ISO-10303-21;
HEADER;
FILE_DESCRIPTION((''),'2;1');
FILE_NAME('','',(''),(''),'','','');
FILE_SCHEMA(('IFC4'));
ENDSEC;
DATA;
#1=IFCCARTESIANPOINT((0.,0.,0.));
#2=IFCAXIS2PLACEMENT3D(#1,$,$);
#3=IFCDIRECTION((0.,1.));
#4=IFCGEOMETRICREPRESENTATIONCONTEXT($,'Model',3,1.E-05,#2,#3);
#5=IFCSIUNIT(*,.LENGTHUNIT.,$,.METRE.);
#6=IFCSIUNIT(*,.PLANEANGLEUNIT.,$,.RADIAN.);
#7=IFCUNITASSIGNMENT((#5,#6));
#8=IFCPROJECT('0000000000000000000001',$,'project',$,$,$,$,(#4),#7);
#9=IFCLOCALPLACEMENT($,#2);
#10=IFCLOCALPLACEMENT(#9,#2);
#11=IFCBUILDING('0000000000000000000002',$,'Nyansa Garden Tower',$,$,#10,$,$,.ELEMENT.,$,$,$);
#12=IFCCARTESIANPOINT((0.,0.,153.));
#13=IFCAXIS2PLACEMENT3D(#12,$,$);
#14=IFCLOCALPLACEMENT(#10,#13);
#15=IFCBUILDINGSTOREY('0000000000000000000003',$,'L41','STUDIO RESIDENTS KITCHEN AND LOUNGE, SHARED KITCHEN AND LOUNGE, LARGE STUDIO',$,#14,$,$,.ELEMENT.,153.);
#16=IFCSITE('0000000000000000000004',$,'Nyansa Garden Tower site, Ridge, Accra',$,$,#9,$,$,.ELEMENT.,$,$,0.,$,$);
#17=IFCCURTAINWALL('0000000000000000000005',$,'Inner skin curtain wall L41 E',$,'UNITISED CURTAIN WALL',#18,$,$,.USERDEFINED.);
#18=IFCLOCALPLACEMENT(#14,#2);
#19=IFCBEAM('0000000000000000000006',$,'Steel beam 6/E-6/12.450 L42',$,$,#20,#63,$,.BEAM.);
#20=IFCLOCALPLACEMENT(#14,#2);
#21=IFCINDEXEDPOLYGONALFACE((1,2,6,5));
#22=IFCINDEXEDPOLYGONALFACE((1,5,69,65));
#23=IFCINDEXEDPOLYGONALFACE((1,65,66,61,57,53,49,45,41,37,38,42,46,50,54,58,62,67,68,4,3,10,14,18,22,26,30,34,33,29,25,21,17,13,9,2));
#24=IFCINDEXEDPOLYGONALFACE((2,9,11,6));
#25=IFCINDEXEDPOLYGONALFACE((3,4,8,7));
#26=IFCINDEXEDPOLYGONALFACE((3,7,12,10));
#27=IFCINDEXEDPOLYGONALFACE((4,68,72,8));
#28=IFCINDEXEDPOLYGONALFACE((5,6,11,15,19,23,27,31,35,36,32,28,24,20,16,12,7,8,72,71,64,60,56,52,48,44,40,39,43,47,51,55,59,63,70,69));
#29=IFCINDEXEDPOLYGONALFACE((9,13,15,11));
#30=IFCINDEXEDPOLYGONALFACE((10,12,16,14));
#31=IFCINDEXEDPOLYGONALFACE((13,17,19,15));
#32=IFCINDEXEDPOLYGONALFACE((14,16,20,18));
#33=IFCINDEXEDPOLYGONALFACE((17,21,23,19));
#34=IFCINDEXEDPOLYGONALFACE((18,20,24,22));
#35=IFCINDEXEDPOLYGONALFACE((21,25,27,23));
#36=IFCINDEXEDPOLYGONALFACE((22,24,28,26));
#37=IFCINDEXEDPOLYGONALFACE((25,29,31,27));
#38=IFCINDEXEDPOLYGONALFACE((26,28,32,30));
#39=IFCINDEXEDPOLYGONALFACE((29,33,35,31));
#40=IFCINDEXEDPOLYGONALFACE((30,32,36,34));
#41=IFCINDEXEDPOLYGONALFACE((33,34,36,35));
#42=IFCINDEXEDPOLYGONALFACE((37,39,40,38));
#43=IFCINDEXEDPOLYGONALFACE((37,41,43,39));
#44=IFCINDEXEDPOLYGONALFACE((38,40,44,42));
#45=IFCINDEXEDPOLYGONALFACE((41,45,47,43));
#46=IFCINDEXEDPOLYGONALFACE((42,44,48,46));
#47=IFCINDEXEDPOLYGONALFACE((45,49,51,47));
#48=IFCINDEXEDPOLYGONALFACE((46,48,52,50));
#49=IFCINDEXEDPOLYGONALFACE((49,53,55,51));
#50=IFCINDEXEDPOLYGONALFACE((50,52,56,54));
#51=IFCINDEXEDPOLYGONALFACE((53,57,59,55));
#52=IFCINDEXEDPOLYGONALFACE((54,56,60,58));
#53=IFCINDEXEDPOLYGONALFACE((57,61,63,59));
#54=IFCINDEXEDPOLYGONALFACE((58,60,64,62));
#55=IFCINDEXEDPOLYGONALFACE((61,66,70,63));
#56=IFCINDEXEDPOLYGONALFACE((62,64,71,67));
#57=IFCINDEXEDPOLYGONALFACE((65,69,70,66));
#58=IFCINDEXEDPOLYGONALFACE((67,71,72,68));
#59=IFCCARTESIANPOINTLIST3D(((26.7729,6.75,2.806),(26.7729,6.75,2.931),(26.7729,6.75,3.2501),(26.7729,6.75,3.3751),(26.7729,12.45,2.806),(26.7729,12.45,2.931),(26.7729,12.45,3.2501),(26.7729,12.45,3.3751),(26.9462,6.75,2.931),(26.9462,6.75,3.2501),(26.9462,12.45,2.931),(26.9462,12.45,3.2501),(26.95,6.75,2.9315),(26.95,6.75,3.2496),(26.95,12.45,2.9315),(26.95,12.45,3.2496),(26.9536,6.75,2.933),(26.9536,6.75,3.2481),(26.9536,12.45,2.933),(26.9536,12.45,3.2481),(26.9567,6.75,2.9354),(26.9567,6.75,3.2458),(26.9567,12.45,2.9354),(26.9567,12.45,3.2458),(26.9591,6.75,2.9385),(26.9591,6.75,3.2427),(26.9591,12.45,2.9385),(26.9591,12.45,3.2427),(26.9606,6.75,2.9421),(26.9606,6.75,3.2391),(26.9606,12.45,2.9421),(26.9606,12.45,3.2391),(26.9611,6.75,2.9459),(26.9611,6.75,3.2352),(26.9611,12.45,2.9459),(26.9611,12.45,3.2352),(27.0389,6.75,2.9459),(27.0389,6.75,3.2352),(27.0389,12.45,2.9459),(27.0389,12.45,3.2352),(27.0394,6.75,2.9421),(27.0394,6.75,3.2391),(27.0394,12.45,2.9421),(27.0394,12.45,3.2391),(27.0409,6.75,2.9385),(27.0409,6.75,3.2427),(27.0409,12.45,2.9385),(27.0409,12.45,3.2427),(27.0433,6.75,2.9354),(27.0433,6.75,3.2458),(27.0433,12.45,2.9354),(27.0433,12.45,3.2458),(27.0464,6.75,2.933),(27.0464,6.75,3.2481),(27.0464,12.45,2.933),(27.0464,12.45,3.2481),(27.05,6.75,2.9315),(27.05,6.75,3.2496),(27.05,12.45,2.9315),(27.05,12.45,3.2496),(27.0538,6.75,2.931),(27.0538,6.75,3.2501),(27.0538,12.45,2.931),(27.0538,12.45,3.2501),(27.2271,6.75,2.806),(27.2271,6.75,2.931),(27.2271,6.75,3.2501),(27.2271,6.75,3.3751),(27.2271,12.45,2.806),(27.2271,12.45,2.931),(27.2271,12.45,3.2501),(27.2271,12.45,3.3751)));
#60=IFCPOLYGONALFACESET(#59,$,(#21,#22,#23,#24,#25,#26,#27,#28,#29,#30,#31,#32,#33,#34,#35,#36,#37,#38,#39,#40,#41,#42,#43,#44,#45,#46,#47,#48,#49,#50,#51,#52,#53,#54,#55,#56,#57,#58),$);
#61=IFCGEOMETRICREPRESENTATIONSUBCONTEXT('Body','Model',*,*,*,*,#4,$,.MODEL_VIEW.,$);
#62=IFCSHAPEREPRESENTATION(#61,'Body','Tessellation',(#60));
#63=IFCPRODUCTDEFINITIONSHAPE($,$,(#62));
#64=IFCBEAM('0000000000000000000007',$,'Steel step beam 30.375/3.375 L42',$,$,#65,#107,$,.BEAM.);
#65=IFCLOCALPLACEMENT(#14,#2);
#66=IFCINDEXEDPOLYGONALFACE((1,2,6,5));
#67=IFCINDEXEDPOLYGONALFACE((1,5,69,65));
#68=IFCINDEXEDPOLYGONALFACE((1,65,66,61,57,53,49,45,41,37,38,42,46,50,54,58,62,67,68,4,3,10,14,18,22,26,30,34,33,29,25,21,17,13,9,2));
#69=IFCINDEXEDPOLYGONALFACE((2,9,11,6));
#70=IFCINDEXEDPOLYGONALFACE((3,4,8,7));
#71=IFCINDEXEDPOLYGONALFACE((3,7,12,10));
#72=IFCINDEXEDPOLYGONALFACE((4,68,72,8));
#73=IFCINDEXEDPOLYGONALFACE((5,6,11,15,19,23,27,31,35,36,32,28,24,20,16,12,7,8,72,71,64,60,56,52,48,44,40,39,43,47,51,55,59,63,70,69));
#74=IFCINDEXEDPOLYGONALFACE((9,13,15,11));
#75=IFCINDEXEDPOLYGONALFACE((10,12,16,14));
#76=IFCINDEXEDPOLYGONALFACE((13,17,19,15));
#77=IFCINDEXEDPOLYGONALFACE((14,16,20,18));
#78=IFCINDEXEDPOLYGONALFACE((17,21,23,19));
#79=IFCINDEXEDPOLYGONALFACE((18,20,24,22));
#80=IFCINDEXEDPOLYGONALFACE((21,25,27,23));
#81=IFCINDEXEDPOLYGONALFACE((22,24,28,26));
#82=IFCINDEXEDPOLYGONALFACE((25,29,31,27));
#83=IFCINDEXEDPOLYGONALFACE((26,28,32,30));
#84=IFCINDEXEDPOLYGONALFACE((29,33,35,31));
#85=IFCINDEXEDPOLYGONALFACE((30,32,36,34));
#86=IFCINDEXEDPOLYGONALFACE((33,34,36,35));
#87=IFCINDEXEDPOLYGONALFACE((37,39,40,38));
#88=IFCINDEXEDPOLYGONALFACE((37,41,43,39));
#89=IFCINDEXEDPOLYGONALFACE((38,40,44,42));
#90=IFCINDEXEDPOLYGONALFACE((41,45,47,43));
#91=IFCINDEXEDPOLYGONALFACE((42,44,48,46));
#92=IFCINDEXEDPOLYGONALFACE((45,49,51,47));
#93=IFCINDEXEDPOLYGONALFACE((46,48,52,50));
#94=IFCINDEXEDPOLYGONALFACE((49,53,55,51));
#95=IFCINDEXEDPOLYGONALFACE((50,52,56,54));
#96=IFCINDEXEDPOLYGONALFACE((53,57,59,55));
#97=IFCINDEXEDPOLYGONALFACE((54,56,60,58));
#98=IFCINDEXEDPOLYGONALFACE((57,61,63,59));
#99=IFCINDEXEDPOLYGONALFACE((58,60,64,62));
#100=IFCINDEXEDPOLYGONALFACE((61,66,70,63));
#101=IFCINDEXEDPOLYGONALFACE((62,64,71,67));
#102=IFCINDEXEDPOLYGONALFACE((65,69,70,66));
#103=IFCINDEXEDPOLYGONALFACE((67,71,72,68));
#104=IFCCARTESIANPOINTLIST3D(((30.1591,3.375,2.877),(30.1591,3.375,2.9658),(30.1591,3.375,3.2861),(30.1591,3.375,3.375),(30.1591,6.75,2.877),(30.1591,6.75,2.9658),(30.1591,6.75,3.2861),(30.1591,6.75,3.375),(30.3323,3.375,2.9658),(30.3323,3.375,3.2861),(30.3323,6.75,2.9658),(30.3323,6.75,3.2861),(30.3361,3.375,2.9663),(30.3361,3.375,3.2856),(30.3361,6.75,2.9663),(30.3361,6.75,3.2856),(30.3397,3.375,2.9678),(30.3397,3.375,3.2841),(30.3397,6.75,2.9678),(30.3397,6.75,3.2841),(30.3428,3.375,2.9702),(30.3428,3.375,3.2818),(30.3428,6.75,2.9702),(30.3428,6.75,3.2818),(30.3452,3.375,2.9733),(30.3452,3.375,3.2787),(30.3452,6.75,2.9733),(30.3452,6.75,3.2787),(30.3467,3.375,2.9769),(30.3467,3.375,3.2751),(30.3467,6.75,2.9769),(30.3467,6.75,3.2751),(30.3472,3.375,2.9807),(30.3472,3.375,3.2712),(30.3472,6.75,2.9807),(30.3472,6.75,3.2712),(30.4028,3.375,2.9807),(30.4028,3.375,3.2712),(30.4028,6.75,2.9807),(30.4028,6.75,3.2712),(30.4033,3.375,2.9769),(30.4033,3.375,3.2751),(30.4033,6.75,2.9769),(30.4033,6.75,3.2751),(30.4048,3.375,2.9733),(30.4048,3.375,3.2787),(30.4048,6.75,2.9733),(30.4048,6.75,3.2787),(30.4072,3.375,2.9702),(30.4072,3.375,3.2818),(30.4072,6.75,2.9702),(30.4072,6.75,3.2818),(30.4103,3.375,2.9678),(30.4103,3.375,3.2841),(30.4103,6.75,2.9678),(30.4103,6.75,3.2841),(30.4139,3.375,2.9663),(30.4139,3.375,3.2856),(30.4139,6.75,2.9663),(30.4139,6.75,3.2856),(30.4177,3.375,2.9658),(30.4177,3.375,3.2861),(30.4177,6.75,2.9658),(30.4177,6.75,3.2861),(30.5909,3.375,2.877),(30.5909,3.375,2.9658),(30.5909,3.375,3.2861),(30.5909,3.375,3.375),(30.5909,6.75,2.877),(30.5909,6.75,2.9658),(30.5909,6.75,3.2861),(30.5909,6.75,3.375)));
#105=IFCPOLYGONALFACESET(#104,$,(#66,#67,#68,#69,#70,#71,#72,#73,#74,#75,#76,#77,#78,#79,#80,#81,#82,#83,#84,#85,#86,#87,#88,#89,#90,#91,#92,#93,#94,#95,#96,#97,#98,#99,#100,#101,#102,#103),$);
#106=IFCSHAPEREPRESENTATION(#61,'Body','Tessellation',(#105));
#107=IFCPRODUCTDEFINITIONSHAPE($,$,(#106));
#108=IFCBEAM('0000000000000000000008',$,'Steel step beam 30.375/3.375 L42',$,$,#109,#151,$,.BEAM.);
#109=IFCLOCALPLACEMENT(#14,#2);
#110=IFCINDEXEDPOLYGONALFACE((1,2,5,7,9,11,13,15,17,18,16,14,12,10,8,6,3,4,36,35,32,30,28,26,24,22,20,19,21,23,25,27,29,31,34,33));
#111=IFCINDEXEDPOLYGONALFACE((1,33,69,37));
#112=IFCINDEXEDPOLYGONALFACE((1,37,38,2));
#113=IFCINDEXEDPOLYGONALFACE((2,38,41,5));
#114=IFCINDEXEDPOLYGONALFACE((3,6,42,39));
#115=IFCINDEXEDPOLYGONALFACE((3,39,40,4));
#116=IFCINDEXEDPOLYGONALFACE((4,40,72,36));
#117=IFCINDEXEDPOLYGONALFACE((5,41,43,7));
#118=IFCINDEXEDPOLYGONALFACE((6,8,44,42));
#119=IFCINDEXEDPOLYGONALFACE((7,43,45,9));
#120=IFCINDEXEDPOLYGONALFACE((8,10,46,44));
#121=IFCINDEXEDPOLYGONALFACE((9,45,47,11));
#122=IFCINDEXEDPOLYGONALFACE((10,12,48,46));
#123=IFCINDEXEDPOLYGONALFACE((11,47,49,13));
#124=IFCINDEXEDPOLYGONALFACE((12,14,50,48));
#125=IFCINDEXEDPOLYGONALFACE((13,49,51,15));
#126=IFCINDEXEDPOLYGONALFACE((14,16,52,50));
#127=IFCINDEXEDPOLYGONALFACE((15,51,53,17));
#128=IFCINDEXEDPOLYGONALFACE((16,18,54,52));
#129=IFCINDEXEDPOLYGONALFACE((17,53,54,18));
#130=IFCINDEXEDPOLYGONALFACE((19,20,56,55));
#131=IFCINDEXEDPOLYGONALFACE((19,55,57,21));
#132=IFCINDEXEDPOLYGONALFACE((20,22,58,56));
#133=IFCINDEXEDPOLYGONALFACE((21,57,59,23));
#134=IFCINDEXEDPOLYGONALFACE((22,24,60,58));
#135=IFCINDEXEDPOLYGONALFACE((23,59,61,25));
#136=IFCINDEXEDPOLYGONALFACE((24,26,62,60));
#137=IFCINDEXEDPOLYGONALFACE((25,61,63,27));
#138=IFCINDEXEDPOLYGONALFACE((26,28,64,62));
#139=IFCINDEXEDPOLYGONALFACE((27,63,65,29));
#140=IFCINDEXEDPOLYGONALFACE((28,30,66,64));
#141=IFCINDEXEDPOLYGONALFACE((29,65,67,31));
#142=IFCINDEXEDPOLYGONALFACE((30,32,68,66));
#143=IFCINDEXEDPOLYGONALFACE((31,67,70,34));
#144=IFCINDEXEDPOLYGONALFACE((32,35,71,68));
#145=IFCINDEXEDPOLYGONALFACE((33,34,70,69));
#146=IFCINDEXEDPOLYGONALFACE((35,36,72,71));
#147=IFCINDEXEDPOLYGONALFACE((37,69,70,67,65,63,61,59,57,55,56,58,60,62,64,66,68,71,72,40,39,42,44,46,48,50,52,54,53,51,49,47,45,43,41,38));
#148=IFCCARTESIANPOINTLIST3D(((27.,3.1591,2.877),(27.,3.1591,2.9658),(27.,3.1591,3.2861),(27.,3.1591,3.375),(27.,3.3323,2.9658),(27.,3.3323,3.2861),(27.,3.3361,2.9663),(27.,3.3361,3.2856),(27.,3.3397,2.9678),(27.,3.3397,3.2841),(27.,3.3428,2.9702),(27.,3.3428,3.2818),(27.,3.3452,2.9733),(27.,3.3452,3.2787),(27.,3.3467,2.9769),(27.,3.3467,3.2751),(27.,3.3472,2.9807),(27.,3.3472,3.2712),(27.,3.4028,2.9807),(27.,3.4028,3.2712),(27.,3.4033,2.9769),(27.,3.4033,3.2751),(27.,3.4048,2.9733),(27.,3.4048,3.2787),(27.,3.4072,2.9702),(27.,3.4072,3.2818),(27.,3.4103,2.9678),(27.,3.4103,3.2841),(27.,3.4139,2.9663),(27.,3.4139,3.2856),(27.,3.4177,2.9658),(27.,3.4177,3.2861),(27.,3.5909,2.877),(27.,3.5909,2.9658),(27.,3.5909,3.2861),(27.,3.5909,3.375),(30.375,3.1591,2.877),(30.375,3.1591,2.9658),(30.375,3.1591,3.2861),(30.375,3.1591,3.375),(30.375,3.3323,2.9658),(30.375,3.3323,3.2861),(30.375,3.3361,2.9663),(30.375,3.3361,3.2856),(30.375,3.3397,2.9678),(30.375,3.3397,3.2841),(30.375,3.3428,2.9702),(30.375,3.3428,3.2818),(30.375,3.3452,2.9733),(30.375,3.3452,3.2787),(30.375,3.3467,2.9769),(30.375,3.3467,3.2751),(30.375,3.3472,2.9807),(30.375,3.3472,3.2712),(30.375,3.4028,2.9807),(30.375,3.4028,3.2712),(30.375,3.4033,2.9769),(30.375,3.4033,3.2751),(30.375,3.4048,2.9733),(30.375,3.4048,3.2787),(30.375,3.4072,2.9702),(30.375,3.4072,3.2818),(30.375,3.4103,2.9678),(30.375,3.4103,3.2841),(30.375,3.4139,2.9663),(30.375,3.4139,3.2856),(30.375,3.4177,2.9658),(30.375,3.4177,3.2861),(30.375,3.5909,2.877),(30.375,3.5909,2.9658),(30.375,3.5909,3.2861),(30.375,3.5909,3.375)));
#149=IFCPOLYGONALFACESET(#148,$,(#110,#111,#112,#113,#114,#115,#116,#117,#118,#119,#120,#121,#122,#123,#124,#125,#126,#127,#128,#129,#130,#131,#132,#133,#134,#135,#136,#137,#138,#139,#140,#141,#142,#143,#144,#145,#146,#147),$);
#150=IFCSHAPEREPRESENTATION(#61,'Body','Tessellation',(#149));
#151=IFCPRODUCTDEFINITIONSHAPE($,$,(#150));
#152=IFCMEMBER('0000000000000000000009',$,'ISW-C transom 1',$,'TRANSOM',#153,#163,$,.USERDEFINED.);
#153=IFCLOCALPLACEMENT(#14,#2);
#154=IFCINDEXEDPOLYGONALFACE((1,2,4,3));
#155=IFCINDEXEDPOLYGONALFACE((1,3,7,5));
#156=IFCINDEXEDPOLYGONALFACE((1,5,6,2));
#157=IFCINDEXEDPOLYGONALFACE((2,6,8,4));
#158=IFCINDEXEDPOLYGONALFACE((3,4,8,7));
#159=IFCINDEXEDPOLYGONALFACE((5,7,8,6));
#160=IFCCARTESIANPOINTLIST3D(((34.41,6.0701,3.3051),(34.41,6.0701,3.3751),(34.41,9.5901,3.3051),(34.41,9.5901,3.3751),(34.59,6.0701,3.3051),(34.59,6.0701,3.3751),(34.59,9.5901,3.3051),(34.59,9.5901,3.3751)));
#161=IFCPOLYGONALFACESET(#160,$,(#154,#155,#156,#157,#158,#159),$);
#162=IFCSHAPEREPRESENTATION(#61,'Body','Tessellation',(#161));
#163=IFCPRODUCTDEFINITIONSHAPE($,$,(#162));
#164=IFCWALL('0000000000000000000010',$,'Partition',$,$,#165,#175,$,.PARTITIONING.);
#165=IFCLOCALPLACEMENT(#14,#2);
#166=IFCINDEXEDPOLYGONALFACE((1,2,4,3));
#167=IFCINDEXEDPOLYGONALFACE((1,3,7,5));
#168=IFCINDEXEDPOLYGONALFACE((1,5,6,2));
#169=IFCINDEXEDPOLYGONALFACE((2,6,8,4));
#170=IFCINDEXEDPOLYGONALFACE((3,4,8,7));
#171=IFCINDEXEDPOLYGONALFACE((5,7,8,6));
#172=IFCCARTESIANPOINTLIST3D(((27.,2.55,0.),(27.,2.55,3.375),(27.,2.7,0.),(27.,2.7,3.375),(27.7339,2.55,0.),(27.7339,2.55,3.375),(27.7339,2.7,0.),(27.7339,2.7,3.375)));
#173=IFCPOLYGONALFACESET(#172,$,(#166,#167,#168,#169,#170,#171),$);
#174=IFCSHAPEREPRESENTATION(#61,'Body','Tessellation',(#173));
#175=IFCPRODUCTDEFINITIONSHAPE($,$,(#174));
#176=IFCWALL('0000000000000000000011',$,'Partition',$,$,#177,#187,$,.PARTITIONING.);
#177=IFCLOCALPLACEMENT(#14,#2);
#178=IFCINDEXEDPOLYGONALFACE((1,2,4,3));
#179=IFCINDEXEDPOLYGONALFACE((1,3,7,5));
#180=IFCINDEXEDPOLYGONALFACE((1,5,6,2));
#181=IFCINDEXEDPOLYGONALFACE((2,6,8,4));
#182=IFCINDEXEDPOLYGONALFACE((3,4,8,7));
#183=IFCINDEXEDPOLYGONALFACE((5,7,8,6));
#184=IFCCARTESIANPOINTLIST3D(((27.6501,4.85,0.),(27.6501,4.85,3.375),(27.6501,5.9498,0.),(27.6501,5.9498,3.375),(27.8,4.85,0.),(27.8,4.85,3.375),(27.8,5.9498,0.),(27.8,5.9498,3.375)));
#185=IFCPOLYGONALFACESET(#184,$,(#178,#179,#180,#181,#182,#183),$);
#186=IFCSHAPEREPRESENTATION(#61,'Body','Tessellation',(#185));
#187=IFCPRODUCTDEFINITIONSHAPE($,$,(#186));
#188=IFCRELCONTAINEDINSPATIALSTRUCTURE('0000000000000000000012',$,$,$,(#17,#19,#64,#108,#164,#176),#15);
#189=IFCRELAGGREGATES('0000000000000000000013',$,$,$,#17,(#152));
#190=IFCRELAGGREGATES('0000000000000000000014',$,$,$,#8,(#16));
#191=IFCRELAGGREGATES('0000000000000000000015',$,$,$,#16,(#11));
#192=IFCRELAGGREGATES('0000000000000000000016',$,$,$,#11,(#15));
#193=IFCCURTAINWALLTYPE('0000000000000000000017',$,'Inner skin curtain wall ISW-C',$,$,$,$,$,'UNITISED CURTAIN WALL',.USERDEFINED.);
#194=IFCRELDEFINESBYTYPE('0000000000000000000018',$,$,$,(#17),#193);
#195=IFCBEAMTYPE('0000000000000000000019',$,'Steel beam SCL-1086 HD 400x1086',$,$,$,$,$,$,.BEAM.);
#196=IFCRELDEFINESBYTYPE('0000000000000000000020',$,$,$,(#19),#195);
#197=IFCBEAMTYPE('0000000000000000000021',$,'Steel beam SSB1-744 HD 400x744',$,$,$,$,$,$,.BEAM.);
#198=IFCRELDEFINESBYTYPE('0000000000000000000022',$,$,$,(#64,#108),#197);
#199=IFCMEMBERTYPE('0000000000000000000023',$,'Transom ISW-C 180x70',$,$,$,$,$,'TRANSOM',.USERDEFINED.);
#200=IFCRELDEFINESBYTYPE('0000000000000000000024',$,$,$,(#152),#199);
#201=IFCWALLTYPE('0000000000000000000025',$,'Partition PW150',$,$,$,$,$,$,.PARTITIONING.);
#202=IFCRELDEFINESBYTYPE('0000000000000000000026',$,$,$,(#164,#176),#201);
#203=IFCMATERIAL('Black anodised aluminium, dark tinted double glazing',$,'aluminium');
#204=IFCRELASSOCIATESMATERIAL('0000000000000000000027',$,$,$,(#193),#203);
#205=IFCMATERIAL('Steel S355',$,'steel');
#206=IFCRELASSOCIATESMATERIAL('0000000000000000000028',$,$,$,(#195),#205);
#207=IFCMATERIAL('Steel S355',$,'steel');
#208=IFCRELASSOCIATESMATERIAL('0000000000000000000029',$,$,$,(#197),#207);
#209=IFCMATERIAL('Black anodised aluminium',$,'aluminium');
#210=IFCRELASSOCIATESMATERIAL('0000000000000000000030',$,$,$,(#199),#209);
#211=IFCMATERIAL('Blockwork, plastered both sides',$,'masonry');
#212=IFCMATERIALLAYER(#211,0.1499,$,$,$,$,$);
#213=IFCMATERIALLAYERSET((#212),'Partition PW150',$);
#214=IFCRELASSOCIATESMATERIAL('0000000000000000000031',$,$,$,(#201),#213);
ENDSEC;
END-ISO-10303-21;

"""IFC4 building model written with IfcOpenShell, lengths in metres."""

from ifc_helpers import new_model, si_unit, direction, frame, frame_2d, origin, origin_2d, place, context, subcontext, project, spatial, rectangle, i_section, extrude, material, layer, layer_set, material_profile, profile_set, type_object, element, aggregate, save


model = new_model("IFC4")

# Units and contexts
model_context = context("Model", 3, precision=1e-05, world=origin(), true_north=direction((0.0, 1.0)))
body_context = subcontext(model_context, "Body", "Model", "MODEL_VIEW")
ifc_project = project(units=[si_unit("LENGTHUNIT", "METRE"), si_unit("PLANEANGLEUNIT", "RADIAN")], contexts=[model_context])

# Site, building, storey
site_placement = place(None, origin())
site = spatial("IfcSite", under=ifc_project, at=site_placement, Name="Nyansa Garden Tower site, Ridge, Accra", CompositionType="ELEMENT", RefElevation=0.0)
building_placement = place(site_placement, origin())
building = spatial("IfcBuilding", under=site, at=building_placement, Name="Nyansa Garden Tower", CompositionType="ELEMENT")
storey_placement = place(building_placement, frame((0.0, 0.0, 153.0)))
storey = spatial("IfcBuildingStorey", under=building, at=storey_placement, Name="L41", Description="STUDIO RESIDENTS KITCHEN AND LOUNGE, SHARED KITCHEN AND LOUNGE, LARGE STUDIO", CompositionType="ELEMENT", Elevation=153.0)

# Curtain wall
ifc_material_1 = material(Name="Black anodised aluminium, dark tinted double glazing", Category="aluminium")
curtain_wall_type = type_object("IfcCurtainWallType", Name="Inner skin curtain wall ISW-C", ElementType="UNITISED CURTAIN WALL", PredefinedType="USERDEFINED", material=ifc_material_1)
curtain_wall_1_placement = place(storey_placement, origin())
curtain_wall_1 = element("IfcCurtainWall", 1, at=curtain_wall_1_placement, inside=storey, type_object=curtain_wall_type, Name="Inner skin curtain wall L41 E", ObjectType="UNITISED CURTAIN WALL", PredefinedType="USERDEFINED")

# Beams
ifc_material_2 = material(Name="Steel S355", Category="steel")
ifc_material_profile_1 = material_profile(ifc_material_2, i_section(OverallWidth=0.4541, OverallDepth=0.5691, WebThickness=0.0779, FlangeThickness=0.125, FilletRadius=0.0149, at=origin_2d()), Name="HD 400x1086")
ifc_profile_set_1 = profile_set([ifc_material_profile_1], Name="Steel S355")
beam_type_1 = type_object("IfcBeamType", Name="Steel beam SCL-1086 HD 400x1086", PredefinedType="BEAM", material=ifc_profile_set_1)
beam_placement = place(storey_placement, frame((27.0, 6.75, 3.0906), z_axis=(0.0, 1.0, 0.0), x_axis=(-1.0, 0.0, 0.0)))
element("IfcBeam", 2, at=beam_placement, inside=storey, type_object=beam_type_1, Name="Steel beam 6/E-6/12.450 L42", PredefinedType="BEAM", context=body_context, shape_type="SweptSolid", body=[
    extrude(i_section(OverallWidth=0.4541, OverallDepth=0.5691, WebThickness=0.0779, FlangeThickness=0.125, FilletRadius=0.0149, at=origin_2d()), origin(), (0.0, 0.0, 1.0), 5.7),
])
ifc_material_3 = material(Name="Steel S355", Category="steel")
ifc_material_profile_2 = material_profile(ifc_material_3, i_section(OverallWidth=0.4319, OverallDepth=0.498, WebThickness=0.0557, FlangeThickness=0.0889, FilletRadius=0.0149, at=origin_2d()), Name="HD 400x744")
ifc_profile_set_2 = profile_set([ifc_material_profile_2], Name="Steel S355")
beam_type_2 = type_object("IfcBeamType", Name="Steel beam SSB1-744 HD 400x744", PredefinedType="BEAM", material=ifc_profile_set_2)
for number, where, z_axis, x_axis, name in (
    (3, (30.375, 3.375, 3.126), (0.0, 1.0, 0.0), (-1.0, 0.0, 0.0), "Steel step beam 30.375/3.375 L42"),
    (4, (30.375, 3.375, 3.126), (-1.0, 0.0, 0.0), (0.0, -1.0, 0.0), "Steel step beam 30.375/3.375 L42"),
):
    element("IfcBeam", number, at=place(storey_placement, frame(where, z_axis=z_axis, x_axis=x_axis)), inside=storey, type_object=beam_type_2, Name=name, PredefinedType="BEAM", context=body_context, shape_type="SweptSolid", body=[
        extrude(i_section(OverallWidth=0.4319, OverallDepth=0.498, WebThickness=0.0557, FlangeThickness=0.0889, FilletRadius=0.0149, at=origin_2d()), origin(), (0.0, 0.0, 1.0), 3.375),
    ])

# Member
ifc_material_4 = material(Name="Black anodised aluminium", Category="aluminium")
ifc_material_profile_3 = material_profile(ifc_material_4, rectangle(XDim=0.1799, YDim=0.0701, at=origin_2d()), Name="Transom 180x70")
ifc_profile_set_3 = profile_set([ifc_material_profile_3], Name="Black anodised aluminium")
member_type_1 = type_object("IfcMemberType", Name="Transom ISW-C 180x70", ElementType="TRANSOM", PredefinedType="USERDEFINED", material=ifc_profile_set_3)
member_1_placement = place(storey_placement, frame((34.5, 6.0701, 3.3401), z_axis=(0.0, 1.0, 0.0), x_axis=(-1.0, 0.0, 0.0)))
member_1 = element("IfcMember", 5, at=member_1_placement, type_object=member_type_1, Name="ISW-C transom 1", ObjectType="TRANSOM", PredefinedType="USERDEFINED", context=body_context, shape_type="SweptSolid", body=[
    extrude(rectangle(XDim=0.1799, YDim=0.0701, at=origin_2d()), origin(), (0.0, 0.0, 1.0), 3.52),
])
aggregate(curtain_wall_1, [member_1])

# Walls
ifc_material_5 = material(Name="Blockwork, plastered both sides", Category="masonry")
ifc_layer_1 = layer(ifc_material_5, 0.1499)
ifc_layer_set_1 = layer_set([ifc_layer_1], Name="Partition PW150")
wall_type_1 = type_object("IfcWallType", Name="Partition PW150", PredefinedType="PARTITIONING", material=ifc_layer_set_1)
wall_1_placement = place(storey_placement, frame((27.0, 2.625, 0.0), z_axis=(0.0, 0.0, 1.0), x_axis=(1.0, 0.0, 0.0)))
element("IfcWall", 6, at=wall_1_placement, inside=storey, type_object=wall_type_1, Name="Partition", PredefinedType="PARTITIONING", context=body_context, shape_type="SweptSolid", body=[
    extrude(rectangle(XDim=0.7339, YDim=0.1499, at=frame_2d((0.3669, 0.0))), origin(), (0.0, 0.0, 1.0), 3.375),
])
wall_2_placement = place(storey_placement, frame((27.7251, 4.8501, 0.0), z_axis=(0.0, 0.0, 1.0), x_axis=(0.0, 1.0, 0.0)))
element("IfcWall", 7, at=wall_2_placement, inside=storey, type_object=wall_type_1, Name="Partition", PredefinedType="PARTITIONING", context=body_context, shape_type="SweptSolid", body=[
    extrude(rectangle(XDim=1.0999, YDim=0.1499, at=frame_2d((0.5498, 0.0))), origin(), (0.0, 0.0, 1.0), 3.375),
])

save(model, "model.ifc")
